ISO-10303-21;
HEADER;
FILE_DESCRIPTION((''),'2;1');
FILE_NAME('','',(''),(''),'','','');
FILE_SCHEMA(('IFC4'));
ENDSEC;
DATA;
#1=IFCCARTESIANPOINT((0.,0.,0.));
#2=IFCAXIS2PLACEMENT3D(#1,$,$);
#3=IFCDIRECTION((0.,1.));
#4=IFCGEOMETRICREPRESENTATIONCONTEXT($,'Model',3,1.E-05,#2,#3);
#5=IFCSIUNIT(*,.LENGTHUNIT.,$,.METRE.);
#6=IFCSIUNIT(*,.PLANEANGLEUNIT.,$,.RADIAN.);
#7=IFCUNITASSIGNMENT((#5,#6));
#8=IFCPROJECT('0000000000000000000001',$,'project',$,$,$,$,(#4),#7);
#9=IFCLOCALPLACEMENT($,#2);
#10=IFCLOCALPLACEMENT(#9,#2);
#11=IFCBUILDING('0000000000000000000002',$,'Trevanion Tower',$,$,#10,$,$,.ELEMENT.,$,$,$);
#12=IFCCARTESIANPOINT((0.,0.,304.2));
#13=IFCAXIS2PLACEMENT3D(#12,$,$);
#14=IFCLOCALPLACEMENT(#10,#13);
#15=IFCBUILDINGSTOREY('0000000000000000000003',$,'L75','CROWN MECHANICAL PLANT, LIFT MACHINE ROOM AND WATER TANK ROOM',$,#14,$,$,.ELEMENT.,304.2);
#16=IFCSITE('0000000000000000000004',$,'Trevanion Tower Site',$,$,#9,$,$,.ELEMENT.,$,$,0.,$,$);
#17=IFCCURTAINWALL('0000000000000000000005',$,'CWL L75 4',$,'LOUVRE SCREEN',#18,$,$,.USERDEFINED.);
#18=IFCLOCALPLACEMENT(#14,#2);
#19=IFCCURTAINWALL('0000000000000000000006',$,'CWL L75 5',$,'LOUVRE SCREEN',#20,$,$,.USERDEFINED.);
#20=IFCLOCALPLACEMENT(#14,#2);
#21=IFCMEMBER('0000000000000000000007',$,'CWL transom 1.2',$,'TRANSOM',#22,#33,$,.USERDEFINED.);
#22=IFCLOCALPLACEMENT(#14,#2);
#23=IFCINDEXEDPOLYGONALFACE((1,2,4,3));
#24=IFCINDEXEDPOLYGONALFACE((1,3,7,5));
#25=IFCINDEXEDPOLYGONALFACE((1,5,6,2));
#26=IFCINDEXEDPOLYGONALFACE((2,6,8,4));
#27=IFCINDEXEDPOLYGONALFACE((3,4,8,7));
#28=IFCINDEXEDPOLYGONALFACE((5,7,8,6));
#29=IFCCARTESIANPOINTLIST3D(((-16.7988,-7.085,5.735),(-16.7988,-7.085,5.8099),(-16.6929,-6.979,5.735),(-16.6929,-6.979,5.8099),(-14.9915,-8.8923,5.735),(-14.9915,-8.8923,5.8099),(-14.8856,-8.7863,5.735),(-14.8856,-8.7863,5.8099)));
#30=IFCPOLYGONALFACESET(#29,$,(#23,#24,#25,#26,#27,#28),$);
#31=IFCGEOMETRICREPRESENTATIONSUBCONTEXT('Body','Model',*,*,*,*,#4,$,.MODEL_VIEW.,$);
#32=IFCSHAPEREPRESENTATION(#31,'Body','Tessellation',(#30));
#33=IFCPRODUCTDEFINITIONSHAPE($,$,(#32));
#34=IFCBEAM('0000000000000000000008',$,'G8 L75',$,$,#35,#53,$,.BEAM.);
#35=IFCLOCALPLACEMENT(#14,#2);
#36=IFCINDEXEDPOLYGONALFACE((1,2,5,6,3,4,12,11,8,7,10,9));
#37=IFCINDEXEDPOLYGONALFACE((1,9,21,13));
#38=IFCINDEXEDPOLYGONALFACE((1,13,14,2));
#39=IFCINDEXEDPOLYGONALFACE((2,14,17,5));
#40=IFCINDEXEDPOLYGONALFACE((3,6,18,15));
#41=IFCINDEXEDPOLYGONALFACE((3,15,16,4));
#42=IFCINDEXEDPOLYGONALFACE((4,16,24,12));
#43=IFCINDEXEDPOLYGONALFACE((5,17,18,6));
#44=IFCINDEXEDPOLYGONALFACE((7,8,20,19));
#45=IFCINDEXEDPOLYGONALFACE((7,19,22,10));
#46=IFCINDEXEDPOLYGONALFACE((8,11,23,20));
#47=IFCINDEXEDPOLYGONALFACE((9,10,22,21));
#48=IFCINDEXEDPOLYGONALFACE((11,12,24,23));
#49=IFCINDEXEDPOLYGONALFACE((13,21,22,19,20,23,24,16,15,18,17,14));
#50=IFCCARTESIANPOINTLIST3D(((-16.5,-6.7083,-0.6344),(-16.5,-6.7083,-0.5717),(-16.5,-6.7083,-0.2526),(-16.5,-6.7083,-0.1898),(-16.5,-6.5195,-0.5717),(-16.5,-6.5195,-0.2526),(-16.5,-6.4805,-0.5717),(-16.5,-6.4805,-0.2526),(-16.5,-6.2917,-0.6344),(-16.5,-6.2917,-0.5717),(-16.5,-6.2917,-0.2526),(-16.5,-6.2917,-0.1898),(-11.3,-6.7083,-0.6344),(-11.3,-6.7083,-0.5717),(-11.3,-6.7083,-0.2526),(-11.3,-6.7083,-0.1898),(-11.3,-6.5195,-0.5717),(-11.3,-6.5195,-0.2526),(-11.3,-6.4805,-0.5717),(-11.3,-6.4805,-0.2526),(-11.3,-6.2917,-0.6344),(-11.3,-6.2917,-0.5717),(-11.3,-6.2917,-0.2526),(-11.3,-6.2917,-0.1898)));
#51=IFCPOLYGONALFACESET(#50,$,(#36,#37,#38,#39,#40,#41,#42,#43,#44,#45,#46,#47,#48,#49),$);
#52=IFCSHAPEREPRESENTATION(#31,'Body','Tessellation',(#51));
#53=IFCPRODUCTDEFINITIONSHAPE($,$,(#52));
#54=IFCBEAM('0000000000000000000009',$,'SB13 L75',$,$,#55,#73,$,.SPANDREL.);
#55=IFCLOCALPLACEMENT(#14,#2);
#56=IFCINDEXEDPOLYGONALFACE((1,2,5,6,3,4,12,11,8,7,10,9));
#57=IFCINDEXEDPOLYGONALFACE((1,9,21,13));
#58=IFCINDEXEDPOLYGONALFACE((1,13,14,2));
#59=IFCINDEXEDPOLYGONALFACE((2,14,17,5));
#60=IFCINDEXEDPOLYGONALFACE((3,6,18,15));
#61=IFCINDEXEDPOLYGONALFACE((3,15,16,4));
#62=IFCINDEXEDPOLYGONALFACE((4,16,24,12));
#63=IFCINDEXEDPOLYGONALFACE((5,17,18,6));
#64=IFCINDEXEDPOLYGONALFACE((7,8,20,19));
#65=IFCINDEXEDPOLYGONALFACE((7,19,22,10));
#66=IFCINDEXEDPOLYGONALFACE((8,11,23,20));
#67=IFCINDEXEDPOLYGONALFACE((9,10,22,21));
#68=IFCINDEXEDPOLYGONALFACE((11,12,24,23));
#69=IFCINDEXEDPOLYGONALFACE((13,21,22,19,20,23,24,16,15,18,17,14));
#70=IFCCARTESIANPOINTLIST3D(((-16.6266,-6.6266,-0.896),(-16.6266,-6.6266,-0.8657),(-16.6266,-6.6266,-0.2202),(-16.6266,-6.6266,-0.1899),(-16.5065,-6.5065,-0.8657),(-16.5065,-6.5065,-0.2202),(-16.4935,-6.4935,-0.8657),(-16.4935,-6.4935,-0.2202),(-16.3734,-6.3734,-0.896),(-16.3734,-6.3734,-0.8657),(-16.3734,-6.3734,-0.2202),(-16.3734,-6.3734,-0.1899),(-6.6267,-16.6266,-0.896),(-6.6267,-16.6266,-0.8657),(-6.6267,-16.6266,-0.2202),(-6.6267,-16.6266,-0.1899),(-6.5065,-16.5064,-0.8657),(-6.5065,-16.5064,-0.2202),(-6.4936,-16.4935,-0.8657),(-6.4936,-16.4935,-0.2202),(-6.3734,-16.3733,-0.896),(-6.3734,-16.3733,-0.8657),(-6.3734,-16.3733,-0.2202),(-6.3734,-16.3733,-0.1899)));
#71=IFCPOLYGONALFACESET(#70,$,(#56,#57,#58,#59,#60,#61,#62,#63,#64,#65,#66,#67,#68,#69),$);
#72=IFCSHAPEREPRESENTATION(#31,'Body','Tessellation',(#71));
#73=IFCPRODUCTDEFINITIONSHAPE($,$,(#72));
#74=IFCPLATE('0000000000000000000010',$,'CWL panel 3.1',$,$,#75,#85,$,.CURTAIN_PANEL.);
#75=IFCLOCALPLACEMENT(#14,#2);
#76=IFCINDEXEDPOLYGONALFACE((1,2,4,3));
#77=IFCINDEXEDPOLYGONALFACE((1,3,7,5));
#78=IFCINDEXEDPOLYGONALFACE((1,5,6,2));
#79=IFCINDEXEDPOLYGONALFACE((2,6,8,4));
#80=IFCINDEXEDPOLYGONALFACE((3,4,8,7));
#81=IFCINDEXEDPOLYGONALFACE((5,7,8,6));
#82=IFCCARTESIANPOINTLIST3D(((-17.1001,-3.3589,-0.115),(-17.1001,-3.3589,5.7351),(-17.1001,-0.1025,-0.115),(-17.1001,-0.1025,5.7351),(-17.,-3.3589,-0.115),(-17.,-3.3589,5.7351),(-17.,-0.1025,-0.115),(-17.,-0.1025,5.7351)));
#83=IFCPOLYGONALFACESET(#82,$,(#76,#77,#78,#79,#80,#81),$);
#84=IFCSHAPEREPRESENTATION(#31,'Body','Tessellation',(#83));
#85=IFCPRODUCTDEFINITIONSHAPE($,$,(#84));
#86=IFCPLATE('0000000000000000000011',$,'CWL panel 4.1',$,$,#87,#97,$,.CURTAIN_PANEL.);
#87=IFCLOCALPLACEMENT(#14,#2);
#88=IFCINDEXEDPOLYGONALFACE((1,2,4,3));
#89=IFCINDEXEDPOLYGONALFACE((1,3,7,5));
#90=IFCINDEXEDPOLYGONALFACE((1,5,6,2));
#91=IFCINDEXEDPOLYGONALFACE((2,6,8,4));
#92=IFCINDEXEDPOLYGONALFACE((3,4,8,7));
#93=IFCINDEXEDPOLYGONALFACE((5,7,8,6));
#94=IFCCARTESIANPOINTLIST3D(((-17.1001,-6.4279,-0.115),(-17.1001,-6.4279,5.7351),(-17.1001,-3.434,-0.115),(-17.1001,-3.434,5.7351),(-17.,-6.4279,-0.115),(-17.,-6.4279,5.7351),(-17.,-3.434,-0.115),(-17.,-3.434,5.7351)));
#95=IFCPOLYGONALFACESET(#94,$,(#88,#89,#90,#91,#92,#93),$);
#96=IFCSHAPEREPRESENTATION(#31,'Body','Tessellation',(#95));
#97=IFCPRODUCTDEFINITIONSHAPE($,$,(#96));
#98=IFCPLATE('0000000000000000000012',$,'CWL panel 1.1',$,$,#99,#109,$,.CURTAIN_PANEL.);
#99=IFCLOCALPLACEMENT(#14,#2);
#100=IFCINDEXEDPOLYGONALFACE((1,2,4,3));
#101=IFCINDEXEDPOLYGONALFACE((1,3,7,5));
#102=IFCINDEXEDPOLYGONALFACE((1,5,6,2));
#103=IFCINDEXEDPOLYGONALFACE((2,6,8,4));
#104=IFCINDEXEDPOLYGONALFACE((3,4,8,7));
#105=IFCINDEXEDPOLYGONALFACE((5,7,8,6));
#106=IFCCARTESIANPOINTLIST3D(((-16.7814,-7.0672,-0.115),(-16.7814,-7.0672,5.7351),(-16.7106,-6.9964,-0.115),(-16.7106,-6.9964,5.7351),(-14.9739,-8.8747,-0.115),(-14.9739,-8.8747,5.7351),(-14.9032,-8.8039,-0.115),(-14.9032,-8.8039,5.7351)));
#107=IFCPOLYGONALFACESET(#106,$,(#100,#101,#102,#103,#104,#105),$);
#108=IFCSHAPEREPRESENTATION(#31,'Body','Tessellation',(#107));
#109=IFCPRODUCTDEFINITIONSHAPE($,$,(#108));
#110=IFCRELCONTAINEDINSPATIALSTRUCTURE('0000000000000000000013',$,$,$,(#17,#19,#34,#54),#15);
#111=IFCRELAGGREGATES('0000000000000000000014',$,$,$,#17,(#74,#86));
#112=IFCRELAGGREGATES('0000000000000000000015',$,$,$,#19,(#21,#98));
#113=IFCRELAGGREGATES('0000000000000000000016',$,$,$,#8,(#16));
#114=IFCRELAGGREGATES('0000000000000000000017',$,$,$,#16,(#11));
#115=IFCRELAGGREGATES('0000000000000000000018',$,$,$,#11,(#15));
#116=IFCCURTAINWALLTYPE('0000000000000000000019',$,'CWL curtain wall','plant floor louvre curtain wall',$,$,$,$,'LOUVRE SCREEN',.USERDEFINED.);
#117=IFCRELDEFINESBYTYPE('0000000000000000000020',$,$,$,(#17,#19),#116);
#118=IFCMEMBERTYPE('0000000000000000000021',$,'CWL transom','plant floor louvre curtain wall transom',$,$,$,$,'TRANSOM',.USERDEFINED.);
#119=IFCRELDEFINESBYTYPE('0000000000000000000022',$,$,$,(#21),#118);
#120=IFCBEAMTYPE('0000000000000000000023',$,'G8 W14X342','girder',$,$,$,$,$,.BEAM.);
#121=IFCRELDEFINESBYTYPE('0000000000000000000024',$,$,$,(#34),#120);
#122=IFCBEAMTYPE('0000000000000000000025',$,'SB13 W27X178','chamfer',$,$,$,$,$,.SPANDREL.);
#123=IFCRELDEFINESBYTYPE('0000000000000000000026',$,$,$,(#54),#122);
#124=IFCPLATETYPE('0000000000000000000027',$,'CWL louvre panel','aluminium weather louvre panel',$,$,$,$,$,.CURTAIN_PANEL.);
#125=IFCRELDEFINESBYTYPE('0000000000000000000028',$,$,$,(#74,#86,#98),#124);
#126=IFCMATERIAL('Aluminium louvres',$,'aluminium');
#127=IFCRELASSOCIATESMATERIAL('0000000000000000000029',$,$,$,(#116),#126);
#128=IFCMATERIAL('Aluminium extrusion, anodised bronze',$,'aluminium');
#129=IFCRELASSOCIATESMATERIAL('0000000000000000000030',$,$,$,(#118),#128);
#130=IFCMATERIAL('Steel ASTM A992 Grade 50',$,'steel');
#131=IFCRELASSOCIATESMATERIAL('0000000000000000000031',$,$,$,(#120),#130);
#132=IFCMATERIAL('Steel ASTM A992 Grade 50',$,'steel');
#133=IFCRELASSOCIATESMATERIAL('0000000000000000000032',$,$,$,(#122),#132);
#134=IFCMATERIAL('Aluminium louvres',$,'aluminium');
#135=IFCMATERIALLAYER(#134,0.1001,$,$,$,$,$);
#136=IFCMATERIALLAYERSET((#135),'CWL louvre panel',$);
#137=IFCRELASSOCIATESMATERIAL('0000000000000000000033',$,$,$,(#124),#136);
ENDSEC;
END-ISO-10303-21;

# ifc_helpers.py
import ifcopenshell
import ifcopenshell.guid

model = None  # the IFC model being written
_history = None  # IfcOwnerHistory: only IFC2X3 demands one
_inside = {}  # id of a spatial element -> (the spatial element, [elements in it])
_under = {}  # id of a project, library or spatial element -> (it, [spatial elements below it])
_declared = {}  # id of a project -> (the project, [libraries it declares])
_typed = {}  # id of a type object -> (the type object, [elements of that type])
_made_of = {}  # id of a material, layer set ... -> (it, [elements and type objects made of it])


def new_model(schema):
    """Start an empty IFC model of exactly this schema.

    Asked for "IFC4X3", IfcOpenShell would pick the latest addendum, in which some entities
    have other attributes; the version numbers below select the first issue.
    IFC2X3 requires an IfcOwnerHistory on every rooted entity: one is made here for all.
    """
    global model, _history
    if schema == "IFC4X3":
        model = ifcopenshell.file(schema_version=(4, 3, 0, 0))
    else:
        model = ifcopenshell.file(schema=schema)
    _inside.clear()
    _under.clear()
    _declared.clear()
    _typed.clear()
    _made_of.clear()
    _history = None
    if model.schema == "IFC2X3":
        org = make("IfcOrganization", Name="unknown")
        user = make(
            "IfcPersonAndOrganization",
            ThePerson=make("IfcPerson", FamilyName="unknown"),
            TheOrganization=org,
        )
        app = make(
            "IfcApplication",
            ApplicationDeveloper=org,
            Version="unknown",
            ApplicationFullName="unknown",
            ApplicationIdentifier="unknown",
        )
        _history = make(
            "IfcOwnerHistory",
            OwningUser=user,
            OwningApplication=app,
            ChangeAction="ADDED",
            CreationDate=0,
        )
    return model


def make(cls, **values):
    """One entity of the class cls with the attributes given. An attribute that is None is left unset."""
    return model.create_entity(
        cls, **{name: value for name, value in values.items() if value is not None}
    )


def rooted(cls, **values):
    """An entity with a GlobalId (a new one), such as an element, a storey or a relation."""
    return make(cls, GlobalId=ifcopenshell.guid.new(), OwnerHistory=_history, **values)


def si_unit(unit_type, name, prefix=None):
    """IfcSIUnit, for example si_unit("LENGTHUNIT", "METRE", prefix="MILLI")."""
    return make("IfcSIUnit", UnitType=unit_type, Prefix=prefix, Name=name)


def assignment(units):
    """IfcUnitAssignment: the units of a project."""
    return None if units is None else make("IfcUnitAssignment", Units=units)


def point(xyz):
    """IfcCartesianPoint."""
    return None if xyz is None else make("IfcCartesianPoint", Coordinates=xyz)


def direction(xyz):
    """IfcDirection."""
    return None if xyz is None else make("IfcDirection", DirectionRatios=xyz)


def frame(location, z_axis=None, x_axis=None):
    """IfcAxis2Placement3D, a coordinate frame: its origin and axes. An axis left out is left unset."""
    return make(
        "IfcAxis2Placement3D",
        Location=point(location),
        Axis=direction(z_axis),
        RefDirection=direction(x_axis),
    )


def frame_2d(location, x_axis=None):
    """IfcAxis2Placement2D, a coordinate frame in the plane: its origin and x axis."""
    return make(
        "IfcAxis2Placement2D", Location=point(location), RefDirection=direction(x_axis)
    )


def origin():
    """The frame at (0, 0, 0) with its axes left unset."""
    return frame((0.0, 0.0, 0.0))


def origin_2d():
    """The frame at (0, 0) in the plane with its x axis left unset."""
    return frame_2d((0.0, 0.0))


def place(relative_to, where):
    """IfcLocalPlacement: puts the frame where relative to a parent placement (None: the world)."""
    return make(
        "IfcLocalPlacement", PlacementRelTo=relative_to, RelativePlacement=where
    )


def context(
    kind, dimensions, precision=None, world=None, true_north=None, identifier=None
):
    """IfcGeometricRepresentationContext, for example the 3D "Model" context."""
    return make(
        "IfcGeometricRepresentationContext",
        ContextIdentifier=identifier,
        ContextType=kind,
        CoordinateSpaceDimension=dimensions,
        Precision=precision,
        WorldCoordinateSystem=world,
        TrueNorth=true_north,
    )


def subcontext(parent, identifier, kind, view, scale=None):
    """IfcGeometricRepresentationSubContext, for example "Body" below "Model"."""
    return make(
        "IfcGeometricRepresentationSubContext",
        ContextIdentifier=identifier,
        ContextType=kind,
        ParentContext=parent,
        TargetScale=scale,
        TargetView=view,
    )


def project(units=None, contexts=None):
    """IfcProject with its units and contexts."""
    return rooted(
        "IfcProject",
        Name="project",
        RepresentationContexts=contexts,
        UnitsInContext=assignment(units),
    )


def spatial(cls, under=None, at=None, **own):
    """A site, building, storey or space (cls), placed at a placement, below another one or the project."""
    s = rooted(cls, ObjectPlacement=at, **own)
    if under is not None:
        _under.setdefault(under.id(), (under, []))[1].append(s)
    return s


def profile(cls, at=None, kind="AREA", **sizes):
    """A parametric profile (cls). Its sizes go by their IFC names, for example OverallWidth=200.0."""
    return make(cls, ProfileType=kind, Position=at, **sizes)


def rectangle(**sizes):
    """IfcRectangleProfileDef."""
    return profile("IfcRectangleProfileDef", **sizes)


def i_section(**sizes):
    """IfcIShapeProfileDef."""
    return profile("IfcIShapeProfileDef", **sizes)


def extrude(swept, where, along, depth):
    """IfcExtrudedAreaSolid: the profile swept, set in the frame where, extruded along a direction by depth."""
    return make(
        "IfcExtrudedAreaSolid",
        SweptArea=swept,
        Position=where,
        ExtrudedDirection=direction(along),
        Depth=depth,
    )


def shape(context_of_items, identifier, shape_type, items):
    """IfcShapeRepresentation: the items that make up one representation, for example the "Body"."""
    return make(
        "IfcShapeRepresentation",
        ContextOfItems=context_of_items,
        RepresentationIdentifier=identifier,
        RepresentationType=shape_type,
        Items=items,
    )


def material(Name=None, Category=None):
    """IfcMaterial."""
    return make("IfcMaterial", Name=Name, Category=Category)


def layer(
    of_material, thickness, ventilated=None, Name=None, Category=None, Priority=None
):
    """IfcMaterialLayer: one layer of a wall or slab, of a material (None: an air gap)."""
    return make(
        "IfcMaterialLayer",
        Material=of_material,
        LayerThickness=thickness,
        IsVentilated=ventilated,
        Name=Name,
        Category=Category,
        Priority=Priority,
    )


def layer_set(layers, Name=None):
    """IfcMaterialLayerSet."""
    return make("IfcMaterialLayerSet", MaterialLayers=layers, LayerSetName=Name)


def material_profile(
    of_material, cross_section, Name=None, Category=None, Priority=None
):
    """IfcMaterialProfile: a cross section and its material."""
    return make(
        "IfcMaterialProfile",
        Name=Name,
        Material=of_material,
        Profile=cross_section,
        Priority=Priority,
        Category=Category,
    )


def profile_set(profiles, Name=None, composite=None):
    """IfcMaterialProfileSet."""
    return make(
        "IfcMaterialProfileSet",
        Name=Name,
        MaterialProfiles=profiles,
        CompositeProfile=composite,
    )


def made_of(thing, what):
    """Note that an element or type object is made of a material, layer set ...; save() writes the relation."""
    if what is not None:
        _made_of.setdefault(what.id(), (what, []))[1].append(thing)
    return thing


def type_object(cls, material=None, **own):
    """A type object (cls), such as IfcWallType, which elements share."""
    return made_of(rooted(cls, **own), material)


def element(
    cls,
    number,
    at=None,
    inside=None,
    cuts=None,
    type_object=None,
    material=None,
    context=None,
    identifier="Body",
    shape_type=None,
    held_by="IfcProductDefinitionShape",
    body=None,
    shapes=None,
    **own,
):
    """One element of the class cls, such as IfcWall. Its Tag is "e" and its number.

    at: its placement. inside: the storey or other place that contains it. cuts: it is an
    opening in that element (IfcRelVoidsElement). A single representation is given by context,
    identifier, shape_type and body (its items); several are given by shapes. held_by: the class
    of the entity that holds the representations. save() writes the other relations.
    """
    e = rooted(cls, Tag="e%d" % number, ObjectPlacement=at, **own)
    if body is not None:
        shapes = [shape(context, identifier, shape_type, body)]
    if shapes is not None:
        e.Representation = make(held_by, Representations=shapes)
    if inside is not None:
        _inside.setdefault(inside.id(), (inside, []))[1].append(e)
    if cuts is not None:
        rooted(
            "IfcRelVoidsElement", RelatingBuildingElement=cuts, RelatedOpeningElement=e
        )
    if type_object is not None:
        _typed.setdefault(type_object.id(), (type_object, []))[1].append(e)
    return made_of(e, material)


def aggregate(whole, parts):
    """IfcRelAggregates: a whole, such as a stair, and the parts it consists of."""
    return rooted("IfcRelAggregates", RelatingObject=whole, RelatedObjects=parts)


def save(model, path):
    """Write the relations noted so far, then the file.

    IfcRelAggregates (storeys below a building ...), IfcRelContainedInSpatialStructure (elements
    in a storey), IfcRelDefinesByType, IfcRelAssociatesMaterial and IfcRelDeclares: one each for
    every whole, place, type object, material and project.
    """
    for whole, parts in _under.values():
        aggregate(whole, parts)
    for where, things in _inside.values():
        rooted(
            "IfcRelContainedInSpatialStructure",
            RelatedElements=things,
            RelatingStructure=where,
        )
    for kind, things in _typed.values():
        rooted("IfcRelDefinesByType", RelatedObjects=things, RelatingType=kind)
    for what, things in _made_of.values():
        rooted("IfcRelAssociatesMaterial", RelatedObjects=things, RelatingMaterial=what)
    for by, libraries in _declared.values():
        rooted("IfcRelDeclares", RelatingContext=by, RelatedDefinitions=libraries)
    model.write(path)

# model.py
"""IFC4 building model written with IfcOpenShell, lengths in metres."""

from ifc_helpers import new_model, si_unit, direction, frame, origin, origin_2d, place, context, subcontext, project, spatial, rectangle, i_section, extrude, material, layer, layer_set, material_profile, profile_set, type_object, element, aggregate, save


model = new_model("IFC4")

# Units and contexts
model_context = context("Model", 3, precision=1e-05, world=origin(), true_north=direction((0.0, 1.0)))
body_context = subcontext(model_context, "Body", "Model", "MODEL_VIEW")
ifc_project = project(units=[si_unit("LENGTHUNIT", "METRE"), si_unit("PLANEANGLEUNIT", "RADIAN")], contexts=[model_context])

# Site, building, storey
site_placement = place(None, origin())
site = spatial("IfcSite", under=ifc_project, at=site_placement, Name="Trevanion Tower Site", CompositionType="ELEMENT", RefElevation=0.0)
building_placement = place(site_placement, origin())
building = spatial("IfcBuilding", under=site, at=building_placement, Name="Trevanion Tower", CompositionType="ELEMENT")
storey_placement = place(building_placement, frame((0.0, 0.0, 304.2)))
storey = spatial("IfcBuildingStorey", under=building, at=storey_placement, Name="L75", Description="CROWN MECHANICAL PLANT, LIFT MACHINE ROOM AND WATER TANK ROOM", CompositionType="ELEMENT", Elevation=304.2)

# Curtain wall
ifc_material_1 = material(Name="Aluminium louvres", Category="aluminium")
curtain_wall_type = type_object("IfcCurtainWallType", Name="CWL curtain wall", Description="plant floor louvre curtain wall", ElementType="LOUVRE SCREEN", PredefinedType="USERDEFINED", material=ifc_material_1)
curtain_wall_1_placement = place(storey_placement, origin())
curtain_wall_1 = element("IfcCurtainWall", 1, at=curtain_wall_1_placement, inside=storey, type_object=curtain_wall_type, Name="CWL L75 4", ObjectType="LOUVRE SCREEN", PredefinedType="USERDEFINED")

# Curtain wall
curtain_wall_2_placement = place(storey_placement, origin())
curtain_wall_2 = element("IfcCurtainWall", 2, at=curtain_wall_2_placement, inside=storey, type_object=curtain_wall_type, Name="CWL L75 5", ObjectType="LOUVRE SCREEN", PredefinedType="USERDEFINED")

# Member
ifc_material_2 = material(Name="Aluminium extrusion, anodised bronze", Category="aluminium")
ifc_material_profile_1 = material_profile(ifc_material_2, rectangle(XDim=0.1499, YDim=0.075, at=origin_2d()), Name="CWL transom")
ifc_profile_set_1 = profile_set([ifc_material_profile_1], Name="Aluminium extrusion, anodised bronze")
member_type_1 = type_object("IfcMemberType", Name="CWL transom", Description="plant floor louvre curtain wall transom", ElementType="TRANSOM", PredefinedType="USERDEFINED", material=ifc_profile_set_1)
member_1_placement = place(storey_placement, frame((-16.7458, -7.032, 5.7725), z_axis=(0.707107, -0.707107, 0.0), x_axis=(0.707107, 0.707107, 0.0)))
member_1 = element("IfcMember", 3, at=member_1_placement, type_object=member_type_1, Name="CWL transom 1.2", ObjectType="TRANSOM", PredefinedType="USERDEFINED", context=body_context, shape_type="SweptSolid", body=[
    extrude(rectangle(XDim=0.1499, YDim=0.075, at=origin_2d()), origin(), (0.0, 0.0, 1.0), 2.5559),
])

# Beams
ifc_material_3 = material(Name="Steel ASTM A992 Grade 50", Category="steel")
ifc_material_profile_2 = material_profile(ifc_material_3, i_section(OverallWidth=0.4165, OverallDepth=0.4446, WebThickness=0.0391, FlangeThickness=0.0627, at=origin_2d()), Name="W14X342")
ifc_profile_set_2 = profile_set([ifc_material_profile_2], Name="Steel ASTM A992 Grade 50")
beam_type_1 = type_object("IfcBeamType", Name="G8 W14X342", Description="girder", PredefinedType="BEAM", material=ifc_profile_set_2)
beam_1_placement = place(storey_placement, frame((-11.3, -6.5, -0.4121), z_axis=(-1.0, 0.0, 0.0), x_axis=(0.0, -1.0, 0.0)))
element("IfcBeam", 4, at=beam_1_placement, inside=storey, type_object=beam_type_1, Name="G8 L75", PredefinedType="BEAM", context=body_context, shape_type="SweptSolid", body=[
    extrude(i_section(OverallWidth=0.4165, OverallDepth=0.4446, WebThickness=0.0391, FlangeThickness=0.0627, at=origin_2d()), origin(), (0.0, 0.0, 1.0), 5.2),
])
ifc_material_4 = material(Name="Steel ASTM A992 Grade 50", Category="steel")
ifc_material_profile_3 = material_profile(ifc_material_4, i_section(OverallWidth=0.3582, OverallDepth=0.7061, WebThickness=0.0183, FlangeThickness=0.0303, at=origin_2d()), Name="W27X178")
ifc_profile_set_3 = profile_set([ifc_material_profile_3], Name="Steel ASTM A992 Grade 50")
beam_type_2 = type_object("IfcBeamType", Name="SB13 W27X178", Description="chamfer", PredefinedType="SPANDREL", material=ifc_profile_set_3)
beam_2_placement = place(storey_placement, frame((-16.5, -6.5, -0.543), z_axis=(0.707107, -0.707107, 0.0), x_axis=(0.707107, 0.707107, 0.0)))
element("IfcBeam", 5, at=beam_2_placement, inside=storey, type_object=beam_type_2, Name="SB13 L75", PredefinedType="SPANDREL", context=body_context, shape_type="SweptSolid", body=[
    extrude(i_section(OverallWidth=0.3582, OverallDepth=0.7061, WebThickness=0.0183, FlangeThickness=0.0303, at=origin_2d()), origin(), (0.0, 0.0, 1.0), 14.1421),
])

# Plates
ifc_material_5 = material(Name="Aluminium louvres", Category="aluminium")
ifc_layer = layer(ifc_material_5, 0.1001)
ifc_layer_set = layer_set([ifc_layer], Name="CWL louvre panel")
plate_type = type_object("IfcPlateType", Name="CWL louvre panel", Description="aluminium weather louvre panel", PredefinedType="CURTAIN_PANEL", material=ifc_layer_set)
plate_1_placement = place(storey_placement, frame((-17.05, -1.7307, -0.115), z_axis=(0.0, 0.0, 1.0), x_axis=(0.0, -1.0, 0.0)))
plate_1 = element("IfcPlate", 6, at=plate_1_placement, type_object=plate_type, Name="CWL panel 3.1", PredefinedType="CURTAIN_PANEL", context=body_context, shape_type="SweptSolid", body=[
    extrude(rectangle(XDim=3.2563, YDim=0.1001, at=origin_2d()), origin(), (0.0, 0.0, 1.0), 5.8501),
])
plate_2_placement = place(storey_placement, frame((-17.05, -4.9309, -0.115), z_axis=(0.0, 0.0, 1.0), x_axis=(0.0, -1.0, 0.0)))
plate_2 = element("IfcPlate", 7, at=plate_2_placement, type_object=plate_type, Name="CWL panel 4.1", PredefinedType="CURTAIN_PANEL", context=body_context, shape_type="SweptSolid", body=[
    extrude(rectangle(XDim=2.9939, YDim=0.1001, at=origin_2d()), origin(), (0.0, 0.0, 1.0), 5.8501),
])
aggregate(curtain_wall_1, [plate_1, plate_2])
plate_3_placement = place(storey_placement, frame((-15.8423, -7.9355, -0.115), z_axis=(0.0, 0.0, 1.0), x_axis=(0.707107, -0.707107, 0.0)))
plate_3 = element("IfcPlate", 8, at=plate_3_placement, type_object=plate_type, Name="CWL panel 1.1", PredefinedType="CURTAIN_PANEL", context=body_context, shape_type="SweptSolid", body=[
    extrude(rectangle(XDim=2.5562, YDim=0.1001, at=origin_2d()), origin(), (0.0, 0.0, 1.0), 5.8501),
])
aggregate(curtain_wall_2, [member_1, plate_3])

save(model, "model.ifc")
